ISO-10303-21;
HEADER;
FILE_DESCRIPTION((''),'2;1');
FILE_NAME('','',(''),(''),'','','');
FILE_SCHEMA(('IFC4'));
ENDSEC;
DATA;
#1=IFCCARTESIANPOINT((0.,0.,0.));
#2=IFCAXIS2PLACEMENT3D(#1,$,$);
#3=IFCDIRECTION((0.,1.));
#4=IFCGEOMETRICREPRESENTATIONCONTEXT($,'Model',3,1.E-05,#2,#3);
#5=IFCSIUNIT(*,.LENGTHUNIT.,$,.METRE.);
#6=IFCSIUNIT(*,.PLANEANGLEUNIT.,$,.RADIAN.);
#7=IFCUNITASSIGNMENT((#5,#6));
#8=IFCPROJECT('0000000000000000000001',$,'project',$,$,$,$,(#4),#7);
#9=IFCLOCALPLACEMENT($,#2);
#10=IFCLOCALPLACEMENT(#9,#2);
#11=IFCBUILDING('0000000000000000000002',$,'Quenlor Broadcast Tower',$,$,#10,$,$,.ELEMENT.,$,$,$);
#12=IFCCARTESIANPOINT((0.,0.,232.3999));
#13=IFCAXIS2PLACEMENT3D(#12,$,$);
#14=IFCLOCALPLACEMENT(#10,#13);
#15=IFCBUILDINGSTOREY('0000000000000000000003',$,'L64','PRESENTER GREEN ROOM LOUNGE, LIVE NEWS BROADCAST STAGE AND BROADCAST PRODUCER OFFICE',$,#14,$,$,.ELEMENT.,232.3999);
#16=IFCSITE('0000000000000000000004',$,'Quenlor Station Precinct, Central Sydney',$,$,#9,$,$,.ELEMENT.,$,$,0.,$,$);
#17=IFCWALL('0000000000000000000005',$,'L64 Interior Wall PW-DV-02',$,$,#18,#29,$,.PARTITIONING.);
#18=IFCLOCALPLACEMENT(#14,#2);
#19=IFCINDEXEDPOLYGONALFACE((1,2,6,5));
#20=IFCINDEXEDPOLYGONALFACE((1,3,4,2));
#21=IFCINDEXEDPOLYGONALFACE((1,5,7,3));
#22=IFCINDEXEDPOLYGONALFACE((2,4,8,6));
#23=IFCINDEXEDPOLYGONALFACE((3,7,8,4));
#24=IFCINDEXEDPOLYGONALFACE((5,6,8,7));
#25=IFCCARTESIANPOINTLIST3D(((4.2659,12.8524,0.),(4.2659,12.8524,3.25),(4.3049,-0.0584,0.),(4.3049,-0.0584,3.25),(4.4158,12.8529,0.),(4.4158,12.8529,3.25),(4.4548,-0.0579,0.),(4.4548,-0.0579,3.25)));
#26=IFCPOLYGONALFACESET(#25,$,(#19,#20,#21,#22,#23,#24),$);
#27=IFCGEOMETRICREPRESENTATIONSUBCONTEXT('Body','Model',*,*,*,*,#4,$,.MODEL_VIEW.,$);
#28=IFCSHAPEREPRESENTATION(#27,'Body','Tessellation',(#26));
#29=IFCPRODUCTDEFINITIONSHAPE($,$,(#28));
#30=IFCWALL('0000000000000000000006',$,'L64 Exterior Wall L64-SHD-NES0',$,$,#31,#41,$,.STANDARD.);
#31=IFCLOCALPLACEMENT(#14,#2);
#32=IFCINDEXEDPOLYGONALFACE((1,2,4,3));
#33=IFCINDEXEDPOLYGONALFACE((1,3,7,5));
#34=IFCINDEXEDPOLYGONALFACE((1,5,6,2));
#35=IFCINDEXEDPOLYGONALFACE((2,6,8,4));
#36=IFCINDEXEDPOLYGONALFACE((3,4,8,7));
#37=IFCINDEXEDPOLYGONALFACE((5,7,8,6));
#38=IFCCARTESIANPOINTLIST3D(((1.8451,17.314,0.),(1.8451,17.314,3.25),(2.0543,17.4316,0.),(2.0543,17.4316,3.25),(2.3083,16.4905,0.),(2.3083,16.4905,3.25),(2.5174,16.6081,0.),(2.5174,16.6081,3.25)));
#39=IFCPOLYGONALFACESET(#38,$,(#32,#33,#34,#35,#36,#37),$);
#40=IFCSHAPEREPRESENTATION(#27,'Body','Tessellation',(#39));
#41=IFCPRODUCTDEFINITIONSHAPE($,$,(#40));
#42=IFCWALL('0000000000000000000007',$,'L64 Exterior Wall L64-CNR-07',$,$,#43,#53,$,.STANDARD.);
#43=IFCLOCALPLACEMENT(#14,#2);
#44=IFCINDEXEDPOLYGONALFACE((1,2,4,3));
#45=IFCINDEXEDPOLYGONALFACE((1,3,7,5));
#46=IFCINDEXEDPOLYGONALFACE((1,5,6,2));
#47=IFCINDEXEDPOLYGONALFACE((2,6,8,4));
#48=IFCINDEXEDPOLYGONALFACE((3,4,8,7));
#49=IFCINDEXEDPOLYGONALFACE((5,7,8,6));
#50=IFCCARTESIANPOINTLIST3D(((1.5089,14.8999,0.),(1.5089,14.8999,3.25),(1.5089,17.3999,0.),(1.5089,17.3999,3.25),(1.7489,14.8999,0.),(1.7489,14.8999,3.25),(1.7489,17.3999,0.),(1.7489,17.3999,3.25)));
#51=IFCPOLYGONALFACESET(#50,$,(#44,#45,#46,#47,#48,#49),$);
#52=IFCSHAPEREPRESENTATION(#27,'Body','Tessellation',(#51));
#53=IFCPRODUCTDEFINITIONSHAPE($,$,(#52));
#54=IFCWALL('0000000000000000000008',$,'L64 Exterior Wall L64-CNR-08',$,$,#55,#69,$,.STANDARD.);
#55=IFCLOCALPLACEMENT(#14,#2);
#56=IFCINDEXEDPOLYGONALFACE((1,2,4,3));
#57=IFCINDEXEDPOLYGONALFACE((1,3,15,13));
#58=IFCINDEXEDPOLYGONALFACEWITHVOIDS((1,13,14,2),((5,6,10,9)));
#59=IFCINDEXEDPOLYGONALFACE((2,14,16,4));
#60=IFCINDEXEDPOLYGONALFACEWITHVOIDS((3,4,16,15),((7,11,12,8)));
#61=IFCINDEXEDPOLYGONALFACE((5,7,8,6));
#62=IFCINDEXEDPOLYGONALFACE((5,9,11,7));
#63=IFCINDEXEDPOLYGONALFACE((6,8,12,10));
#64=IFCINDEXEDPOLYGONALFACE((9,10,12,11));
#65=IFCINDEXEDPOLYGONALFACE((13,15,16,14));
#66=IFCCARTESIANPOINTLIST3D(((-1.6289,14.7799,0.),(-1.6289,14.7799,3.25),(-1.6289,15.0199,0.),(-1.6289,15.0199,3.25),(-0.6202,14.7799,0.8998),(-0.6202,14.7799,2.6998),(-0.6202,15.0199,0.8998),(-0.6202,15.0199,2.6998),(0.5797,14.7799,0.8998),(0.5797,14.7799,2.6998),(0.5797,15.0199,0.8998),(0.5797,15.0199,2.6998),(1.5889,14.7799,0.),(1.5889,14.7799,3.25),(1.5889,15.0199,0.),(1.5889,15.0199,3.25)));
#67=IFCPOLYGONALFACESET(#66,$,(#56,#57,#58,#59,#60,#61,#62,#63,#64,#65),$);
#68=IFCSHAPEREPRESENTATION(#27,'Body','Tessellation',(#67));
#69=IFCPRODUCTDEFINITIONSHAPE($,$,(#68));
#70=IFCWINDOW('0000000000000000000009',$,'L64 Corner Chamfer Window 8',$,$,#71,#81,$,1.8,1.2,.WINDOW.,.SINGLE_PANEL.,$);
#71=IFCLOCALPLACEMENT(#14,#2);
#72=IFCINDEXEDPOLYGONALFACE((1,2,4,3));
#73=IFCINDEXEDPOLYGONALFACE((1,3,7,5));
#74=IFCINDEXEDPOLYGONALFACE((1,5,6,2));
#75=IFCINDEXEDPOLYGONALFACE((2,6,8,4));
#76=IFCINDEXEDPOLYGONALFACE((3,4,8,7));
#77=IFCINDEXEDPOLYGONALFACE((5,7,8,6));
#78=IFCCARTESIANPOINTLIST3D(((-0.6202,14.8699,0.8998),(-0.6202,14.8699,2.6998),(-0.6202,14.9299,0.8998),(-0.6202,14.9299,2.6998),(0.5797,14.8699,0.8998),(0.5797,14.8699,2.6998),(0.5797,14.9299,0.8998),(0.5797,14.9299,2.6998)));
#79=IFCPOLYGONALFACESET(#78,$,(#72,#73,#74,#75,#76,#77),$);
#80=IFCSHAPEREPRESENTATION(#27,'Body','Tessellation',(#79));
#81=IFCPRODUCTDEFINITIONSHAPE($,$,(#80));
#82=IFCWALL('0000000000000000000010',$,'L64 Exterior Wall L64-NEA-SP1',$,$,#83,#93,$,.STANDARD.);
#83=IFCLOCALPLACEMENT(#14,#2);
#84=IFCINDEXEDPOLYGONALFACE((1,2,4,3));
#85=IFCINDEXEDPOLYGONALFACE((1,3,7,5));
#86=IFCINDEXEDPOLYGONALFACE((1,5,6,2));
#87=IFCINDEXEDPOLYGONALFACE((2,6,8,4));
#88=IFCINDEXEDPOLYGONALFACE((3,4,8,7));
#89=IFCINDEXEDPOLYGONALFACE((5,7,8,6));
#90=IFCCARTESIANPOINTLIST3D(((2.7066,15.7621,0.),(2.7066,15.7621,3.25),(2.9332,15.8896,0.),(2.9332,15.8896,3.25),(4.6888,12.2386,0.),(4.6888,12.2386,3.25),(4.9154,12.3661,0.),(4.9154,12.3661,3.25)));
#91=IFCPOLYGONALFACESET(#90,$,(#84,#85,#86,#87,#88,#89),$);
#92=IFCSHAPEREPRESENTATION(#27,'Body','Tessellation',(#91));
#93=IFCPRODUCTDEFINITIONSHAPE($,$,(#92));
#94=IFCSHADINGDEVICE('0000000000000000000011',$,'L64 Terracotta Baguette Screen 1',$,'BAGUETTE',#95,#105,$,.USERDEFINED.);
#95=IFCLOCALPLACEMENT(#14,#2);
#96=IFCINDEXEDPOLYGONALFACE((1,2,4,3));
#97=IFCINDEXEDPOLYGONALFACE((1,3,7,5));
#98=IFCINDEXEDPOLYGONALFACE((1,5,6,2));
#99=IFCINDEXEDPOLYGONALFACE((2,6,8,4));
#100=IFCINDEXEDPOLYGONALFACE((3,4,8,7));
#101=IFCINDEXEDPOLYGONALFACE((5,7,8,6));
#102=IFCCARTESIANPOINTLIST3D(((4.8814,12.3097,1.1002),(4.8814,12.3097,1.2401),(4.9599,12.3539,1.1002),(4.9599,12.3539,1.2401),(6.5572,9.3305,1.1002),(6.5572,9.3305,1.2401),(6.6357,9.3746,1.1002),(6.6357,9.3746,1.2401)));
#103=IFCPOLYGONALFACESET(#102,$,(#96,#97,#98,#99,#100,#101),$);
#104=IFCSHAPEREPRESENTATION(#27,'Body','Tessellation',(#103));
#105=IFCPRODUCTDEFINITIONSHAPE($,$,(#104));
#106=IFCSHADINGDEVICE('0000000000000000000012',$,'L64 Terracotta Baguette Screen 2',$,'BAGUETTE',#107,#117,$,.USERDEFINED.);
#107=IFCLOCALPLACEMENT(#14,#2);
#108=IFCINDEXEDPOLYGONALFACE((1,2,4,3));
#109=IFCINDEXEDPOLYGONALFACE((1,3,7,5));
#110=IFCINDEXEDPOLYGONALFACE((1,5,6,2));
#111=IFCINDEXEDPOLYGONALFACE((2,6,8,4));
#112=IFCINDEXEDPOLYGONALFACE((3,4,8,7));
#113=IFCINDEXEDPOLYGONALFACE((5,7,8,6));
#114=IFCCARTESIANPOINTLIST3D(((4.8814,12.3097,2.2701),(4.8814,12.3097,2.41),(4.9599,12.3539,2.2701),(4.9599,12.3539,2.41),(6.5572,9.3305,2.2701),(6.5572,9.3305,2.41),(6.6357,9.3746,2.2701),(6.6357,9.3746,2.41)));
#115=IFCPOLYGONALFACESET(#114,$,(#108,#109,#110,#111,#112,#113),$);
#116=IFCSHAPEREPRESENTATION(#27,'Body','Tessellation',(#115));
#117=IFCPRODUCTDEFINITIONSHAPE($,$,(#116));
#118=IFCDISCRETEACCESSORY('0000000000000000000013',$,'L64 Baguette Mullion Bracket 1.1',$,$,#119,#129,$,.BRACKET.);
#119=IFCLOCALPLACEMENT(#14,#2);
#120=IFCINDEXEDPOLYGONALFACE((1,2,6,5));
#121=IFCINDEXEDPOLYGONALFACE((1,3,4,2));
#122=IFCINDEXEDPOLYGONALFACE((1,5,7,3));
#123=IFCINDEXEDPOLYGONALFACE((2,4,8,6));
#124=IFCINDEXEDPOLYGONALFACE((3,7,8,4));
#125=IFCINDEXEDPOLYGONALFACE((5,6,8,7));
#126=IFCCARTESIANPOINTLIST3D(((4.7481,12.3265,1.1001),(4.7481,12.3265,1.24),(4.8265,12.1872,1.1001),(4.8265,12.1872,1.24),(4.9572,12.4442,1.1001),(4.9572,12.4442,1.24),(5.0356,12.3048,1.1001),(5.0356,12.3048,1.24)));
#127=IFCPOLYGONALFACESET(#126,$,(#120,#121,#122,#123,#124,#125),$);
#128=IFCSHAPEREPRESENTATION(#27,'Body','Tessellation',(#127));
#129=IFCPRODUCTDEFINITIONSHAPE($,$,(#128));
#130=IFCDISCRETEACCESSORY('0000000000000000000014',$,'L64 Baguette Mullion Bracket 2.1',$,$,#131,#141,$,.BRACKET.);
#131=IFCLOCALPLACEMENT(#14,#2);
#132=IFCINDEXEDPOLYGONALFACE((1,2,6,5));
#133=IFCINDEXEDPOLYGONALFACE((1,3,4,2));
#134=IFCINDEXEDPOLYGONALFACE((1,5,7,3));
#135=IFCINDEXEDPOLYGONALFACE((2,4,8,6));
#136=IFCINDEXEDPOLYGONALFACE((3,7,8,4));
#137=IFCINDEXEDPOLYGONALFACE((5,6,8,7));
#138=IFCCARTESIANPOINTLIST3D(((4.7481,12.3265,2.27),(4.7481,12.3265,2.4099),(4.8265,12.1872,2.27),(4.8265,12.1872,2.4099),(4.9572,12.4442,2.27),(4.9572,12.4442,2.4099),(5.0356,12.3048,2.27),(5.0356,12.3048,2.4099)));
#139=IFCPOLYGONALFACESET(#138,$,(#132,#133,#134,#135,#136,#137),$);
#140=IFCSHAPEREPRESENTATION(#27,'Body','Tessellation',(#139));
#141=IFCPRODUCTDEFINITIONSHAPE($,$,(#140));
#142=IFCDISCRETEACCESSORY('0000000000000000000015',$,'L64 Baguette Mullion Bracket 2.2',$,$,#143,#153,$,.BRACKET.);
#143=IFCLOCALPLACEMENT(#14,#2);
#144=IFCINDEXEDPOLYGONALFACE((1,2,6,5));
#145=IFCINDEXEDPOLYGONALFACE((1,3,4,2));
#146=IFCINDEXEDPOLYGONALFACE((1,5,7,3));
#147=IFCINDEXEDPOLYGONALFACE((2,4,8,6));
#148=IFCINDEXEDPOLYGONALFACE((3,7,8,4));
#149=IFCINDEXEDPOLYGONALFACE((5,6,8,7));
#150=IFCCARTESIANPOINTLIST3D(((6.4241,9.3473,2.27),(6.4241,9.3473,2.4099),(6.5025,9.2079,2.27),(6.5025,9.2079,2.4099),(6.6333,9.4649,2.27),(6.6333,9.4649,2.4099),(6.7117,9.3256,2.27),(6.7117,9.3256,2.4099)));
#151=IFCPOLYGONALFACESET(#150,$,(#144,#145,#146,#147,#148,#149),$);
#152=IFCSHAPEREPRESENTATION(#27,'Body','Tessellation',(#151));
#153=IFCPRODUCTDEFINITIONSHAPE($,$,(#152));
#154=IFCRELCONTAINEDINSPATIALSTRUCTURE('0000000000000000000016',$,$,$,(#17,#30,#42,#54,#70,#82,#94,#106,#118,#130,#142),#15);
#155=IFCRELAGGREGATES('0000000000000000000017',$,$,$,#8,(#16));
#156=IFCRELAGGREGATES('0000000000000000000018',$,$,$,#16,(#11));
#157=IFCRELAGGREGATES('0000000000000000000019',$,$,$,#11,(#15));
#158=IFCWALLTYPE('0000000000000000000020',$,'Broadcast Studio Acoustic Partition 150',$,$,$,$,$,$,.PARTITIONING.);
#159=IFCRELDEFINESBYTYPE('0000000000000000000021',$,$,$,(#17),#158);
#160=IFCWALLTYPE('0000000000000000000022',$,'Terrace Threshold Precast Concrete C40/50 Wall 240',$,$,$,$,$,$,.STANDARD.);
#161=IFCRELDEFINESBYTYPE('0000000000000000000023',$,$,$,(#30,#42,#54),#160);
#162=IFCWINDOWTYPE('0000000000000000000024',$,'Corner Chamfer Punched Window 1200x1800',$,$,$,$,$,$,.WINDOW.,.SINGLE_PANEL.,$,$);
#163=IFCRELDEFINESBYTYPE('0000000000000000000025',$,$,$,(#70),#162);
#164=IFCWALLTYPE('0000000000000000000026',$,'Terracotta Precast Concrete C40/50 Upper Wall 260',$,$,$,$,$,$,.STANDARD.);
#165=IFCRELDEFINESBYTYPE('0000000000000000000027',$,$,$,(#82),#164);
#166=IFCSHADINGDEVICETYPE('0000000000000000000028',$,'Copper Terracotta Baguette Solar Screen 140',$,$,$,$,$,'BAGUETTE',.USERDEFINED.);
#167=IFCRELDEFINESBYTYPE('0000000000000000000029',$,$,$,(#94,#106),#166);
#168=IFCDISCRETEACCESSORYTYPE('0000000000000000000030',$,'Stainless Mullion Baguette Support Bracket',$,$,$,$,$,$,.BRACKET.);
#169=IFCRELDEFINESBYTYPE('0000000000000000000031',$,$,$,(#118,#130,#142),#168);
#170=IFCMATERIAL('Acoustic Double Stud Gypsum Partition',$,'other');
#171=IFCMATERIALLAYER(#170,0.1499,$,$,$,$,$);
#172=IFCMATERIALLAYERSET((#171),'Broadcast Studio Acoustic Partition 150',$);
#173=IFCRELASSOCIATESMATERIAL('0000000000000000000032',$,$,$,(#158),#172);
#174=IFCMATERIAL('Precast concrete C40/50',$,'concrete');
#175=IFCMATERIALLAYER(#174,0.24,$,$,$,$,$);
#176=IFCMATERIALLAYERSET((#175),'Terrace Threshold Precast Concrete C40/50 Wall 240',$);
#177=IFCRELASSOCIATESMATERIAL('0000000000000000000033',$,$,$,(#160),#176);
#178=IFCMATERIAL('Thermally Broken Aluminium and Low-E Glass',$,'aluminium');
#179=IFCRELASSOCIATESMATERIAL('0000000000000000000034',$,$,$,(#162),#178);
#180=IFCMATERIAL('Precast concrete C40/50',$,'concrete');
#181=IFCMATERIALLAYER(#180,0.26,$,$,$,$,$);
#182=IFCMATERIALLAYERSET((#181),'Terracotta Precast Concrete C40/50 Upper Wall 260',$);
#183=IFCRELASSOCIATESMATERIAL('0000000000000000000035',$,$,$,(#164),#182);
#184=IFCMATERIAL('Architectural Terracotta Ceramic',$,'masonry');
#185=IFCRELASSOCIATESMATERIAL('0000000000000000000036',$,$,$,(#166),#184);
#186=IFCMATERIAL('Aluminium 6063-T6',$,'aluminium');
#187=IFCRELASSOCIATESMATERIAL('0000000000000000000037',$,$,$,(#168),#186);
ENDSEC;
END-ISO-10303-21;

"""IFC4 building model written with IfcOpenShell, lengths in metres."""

from ifc_helpers import new_model, si_unit, direction, frame, frame_2d, origin, origin_2d, place, context, subcontext, project, spatial, rectangle, extrude, material, layer, layer_set, material_profile, profile_set, type_object, element, fill, save


model = new_model("IFC4")

# Units and contexts
model_context = context("Model", 3, precision=1e-05, world=origin(), true_north=direction((0.0, 1.0)))
body_context = subcontext(model_context, "Body", "Model", "MODEL_VIEW")
ifc_project = project(units=[si_unit("LENGTHUNIT", "METRE"), si_unit("PLANEANGLEUNIT", "RADIAN")], contexts=[model_context])

# Site, building, storey
site_placement = place(None, origin())
site = spatial("IfcSite", under=ifc_project, at=site_placement, Name="Quenlor Station Precinct, Central Sydney", CompositionType="ELEMENT", RefElevation=0.0)
building_placement = place(site_placement, origin())
building = spatial("IfcBuilding", under=site, at=building_placement, Name="Quenlor Broadcast Tower", CompositionType="ELEMENT")
storey_placement = place(building_placement, frame((0.0, 0.0, 232.3999)))
storey = spatial("IfcBuildingStorey", under=building, at=storey_placement, Name="L64", Description="PRESENTER GREEN ROOM LOUNGE, LIVE NEWS BROADCAST STAGE AND BROADCAST PRODUCER OFFICE", CompositionType="ELEMENT", Elevation=232.3999)

# Walls
ifc_material_1 = material(Name="Acoustic Double Stud Gypsum Partition", Category="other")
ifc_layer_1 = layer(ifc_material_1, 0.1499)
ifc_layer_set_1 = layer_set([ifc_layer_1], Name="Broadcast Studio Acoustic Partition 150")
wall_type_1 = type_object("IfcWallType", Name="Broadcast Studio Acoustic Partition 150", PredefinedType="PARTITIONING", material=ifc_layer_set_1)
wall_1_placement = place(storey_placement, frame((4.3408, 12.8528, 0.0), z_axis=(0.0, 0.0, 1.0), x_axis=(0.003026, -0.999995, 0.0)))
element("IfcWall", 1, at=wall_1_placement, inside=storey, type_object=wall_type_1, Name="L64 Interior Wall PW-DV-02", PredefinedType="PARTITIONING", context=body_context, shape_type="SweptSolid", body=[
    extrude(rectangle(XDim=12.9109, YDim=0.1499, at=frame_2d((6.4556, 0.0))), origin(), (0.0, 0.0, 1.0), 3.25),
])
ifc_material_2 = material(Name="Precast concrete C40/50", Category="concrete")
ifc_layer_2 = layer(ifc_material_2, 0.24)
ifc_layer_set_2 = layer_set([ifc_layer_2], Name="Terrace Threshold Precast Concrete C40/50 Wall 240")
wall_type_2 = type_object("IfcWallType", Name="Terrace Threshold Precast Concrete C40/50 Wall 240", PredefinedType="STANDARD", material=ifc_layer_set_2)
wall_2_placement = place(storey_placement, frame((1.9497, 17.3728, 0.0), z_axis=(0.0, 0.0, 1.0), x_axis=(0.4902, -0.87161, 0.0)))
element("IfcWall", 2, at=wall_2_placement, inside=storey, type_object=wall_type_2, Name="L64 Exterior Wall L64-SHD-NES0", PredefinedType="STANDARD", context=body_context, shape_type="SweptSolid", body=[
    extrude(rectangle(XDim=0.9448, YDim=0.24, at=frame_2d((0.4724, 0.0))), origin(), (0.0, 0.0, 1.0), 3.25),
])
wall_3_placement = place(storey_placement, frame((1.6289, 17.3999, 0.0), z_axis=(0.0, 0.0, 1.0), x_axis=(0.0, -1.0, 0.0)))
element("IfcWall", 3, at=wall_3_placement, inside=storey, type_object=wall_type_2, Name="L64 Exterior Wall L64-CNR-07", PredefinedType="STANDARD", context=body_context, shape_type="SweptSolid", body=[
    extrude(rectangle(XDim=2.5, YDim=0.24, at=frame_2d((1.25, 0.0))), origin(), (0.0, 0.0, 1.0), 3.25),
])

# Wall, opening, window
wall_4_placement = place(storey_placement, frame((1.5889, 14.8999, 0.0), z_axis=(0.0, 0.0, 1.0), x_axis=(-1.0, 0.0, 0.0)))
wall_4 = element("IfcWall", 4, at=wall_4_placement, inside=storey, type_object=wall_type_2, Name="L64 Exterior Wall L64-CNR-08", PredefinedType="STANDARD", context=body_context, shape_type="SweptSolid", body=[
    extrude(rectangle(XDim=3.2178, YDim=0.24, at=frame_2d((1.6089, 0.0))), origin(), (0.0, 0.0, 1.0), 3.25),
])
opening_placement = place(wall_4_placement, frame((1.009, 0.0, 0.8999)))
opening = element("IfcOpeningElement", 5, at=opening_placement, cuts=wall_4, PredefinedType="OPENING", context=body_context, shape_type="SweptSolid", body=[
    extrude(rectangle(XDim=1.2, YDim=1.8, at=frame_2d((0.6001, 0.8999))), frame((0.0, 0.1299, 0.0), z_axis=(0.0, -1.0, 0.0), x_axis=(1.0, 0.0, 0.0)), (0.0, 0.0, 1.0), 0.26),
])
ifc_material_3 = material(Name="Thermally Broken Aluminium and Low-E Glass", Category="aluminium")
window_type = type_object("IfcWindowType", Name="Corner Chamfer Punched Window 1200x1800", PartitioningType="SINGLE_PANEL", PredefinedType="WINDOW", material=ifc_material_3)
window_placement = place(opening_placement, origin())
window = element("IfcWindow", 6, at=window_placement, inside=storey, type_object=window_type, Name="L64 Corner Chamfer Window 8", OverallHeight=1.8, OverallWidth=1.2, PartitioningType="SINGLE_PANEL", PredefinedType="WINDOW", context=body_context, shape_type="SweptSolid", body=[
    extrude(rectangle(XDim=1.2, YDim=1.8, at=frame_2d((0.6001, 0.8999))), frame((0.0, 0.03, 0.0), z_axis=(0.0, -1.0, 0.0), x_axis=(1.0, 0.0, 0.0)), (0.0, 0.0, 1.0), 0.0601),
])
fill(opening, window)

# Wall
ifc_material_4 = material(Name="Precast concrete C40/50", Category="concrete")
ifc_layer_3 = layer(ifc_material_4, 0.26)
ifc_layer_set_3 = layer_set([ifc_layer_3], Name="Terracotta Precast Concrete C40/50 Upper Wall 260")
wall_type_3 = type_object("IfcWallType", Name="Terracotta Precast Concrete C40/50 Upper Wall 260", PredefinedType="STANDARD", material=ifc_layer_set_3)
wall_5_placement = place(storey_placement, frame((2.8198, 15.8259, 0.0), z_axis=(0.0, 0.0, 1.0), x_axis=(0.490307, -0.87155, 0.0)))
element("IfcWall", 7, at=wall_5_placement, inside=storey, type_object=wall_type_3, Name="L64 Exterior Wall L64-NEA-SP1", PredefinedType="STANDARD", context=body_context, shape_type="SweptSolid", body=[
    extrude(rectangle(XDim=4.0427, YDim=0.26, at=frame_2d((2.0215, 0.0))), origin(), (0.0, 0.0, 1.0), 3.25),
])

# Shading devices
ifc_material_5 = material(Name="Architectural Terracotta Ceramic", Category="masonry")
ifc_material_profile_1 = material_profile(ifc_material_5, rectangle(XDim=0.0901, YDim=0.1399, at=origin_2d()))
ifc_profile_set_1 = profile_set([ifc_material_profile_1], Name="Architectural Terracotta Ceramic BAG90x140")
shading_device_type = type_object("IfcShadingDeviceType", Name="Copper Terracotta Baguette Solar Screen 140", ElementType="BAGUETTE", PredefinedType="USERDEFINED", material=ifc_profile_set_1)
for number, where, z_axis, x_axis, name in (
    (8, (4.9207, 12.3318, 1.1702), (0.490251, -0.871581, 0.0), (0.871581, 0.490251, 0.0), "L64 Terracotta Baguette Screen 1"),
    (9, (4.9207, 12.3318, 2.3401), (0.490251, -0.871581, 0.0), (0.871581, 0.490251, 0.0), "L64 Terracotta Baguette Screen 2"),
):
    element("IfcShadingDevice", number, at=place(storey_placement, frame(where, z_axis=z_axis, x_axis=x_axis)), inside=storey, type_object=shading_device_type, Name=name, ObjectType="BAGUETTE", PredefinedType="USERDEFINED", context=body_context, shape_type="SweptSolid", body=[
        extrude(rectangle(XDim=0.0901, YDim=0.1399, at=origin_2d()), origin(), (0.0, 0.0, 1.0), 3.4182),
    ])

# Discrete accessories
ifc_material_6 = material(Name="Aluminium 6063-T6", Category="aluminium")
discrete_accessory_type = type_object("IfcDiscreteAccessoryType", Name="Stainless Mullion Baguette Support Bracket", PredefinedType="BRACKET", material=ifc_material_6)
for number, where, z_axis, x_axis, name in (
    (10, (4.8918, 12.3157, 1.1001), (0.0, 0.0, 1.0), (0.49025, -0.871582, 0.0), "L64 Baguette Mullion Bracket 1.1"),
    (11, (4.8918, 12.3157, 2.27), (0.0, 0.0, 1.0), (0.49025, -0.871582, 0.0), "L64 Baguette Mullion Bracket 2.1"),
    (12, (6.5679, 9.3364, 2.27), (0.0, 0.0, 1.0), (0.49025, -0.871582, 0.0), "L64 Baguette Mullion Bracket 2.2"),
):
    element("IfcDiscreteAccessory", number, at=place(storey_placement, frame(where, z_axis=z_axis, x_axis=x_axis)), inside=storey, type_object=discrete_accessory_type, Name=name, PredefinedType="BRACKET", context=body_context, shape_type="SweptSolid", body=[
        extrude(rectangle(XDim=0.1599, YDim=0.24, at=origin_2d()), origin(), (0.0, 0.0, 1.0), 0.1399),
    ])

save(model, "model.ifc")
